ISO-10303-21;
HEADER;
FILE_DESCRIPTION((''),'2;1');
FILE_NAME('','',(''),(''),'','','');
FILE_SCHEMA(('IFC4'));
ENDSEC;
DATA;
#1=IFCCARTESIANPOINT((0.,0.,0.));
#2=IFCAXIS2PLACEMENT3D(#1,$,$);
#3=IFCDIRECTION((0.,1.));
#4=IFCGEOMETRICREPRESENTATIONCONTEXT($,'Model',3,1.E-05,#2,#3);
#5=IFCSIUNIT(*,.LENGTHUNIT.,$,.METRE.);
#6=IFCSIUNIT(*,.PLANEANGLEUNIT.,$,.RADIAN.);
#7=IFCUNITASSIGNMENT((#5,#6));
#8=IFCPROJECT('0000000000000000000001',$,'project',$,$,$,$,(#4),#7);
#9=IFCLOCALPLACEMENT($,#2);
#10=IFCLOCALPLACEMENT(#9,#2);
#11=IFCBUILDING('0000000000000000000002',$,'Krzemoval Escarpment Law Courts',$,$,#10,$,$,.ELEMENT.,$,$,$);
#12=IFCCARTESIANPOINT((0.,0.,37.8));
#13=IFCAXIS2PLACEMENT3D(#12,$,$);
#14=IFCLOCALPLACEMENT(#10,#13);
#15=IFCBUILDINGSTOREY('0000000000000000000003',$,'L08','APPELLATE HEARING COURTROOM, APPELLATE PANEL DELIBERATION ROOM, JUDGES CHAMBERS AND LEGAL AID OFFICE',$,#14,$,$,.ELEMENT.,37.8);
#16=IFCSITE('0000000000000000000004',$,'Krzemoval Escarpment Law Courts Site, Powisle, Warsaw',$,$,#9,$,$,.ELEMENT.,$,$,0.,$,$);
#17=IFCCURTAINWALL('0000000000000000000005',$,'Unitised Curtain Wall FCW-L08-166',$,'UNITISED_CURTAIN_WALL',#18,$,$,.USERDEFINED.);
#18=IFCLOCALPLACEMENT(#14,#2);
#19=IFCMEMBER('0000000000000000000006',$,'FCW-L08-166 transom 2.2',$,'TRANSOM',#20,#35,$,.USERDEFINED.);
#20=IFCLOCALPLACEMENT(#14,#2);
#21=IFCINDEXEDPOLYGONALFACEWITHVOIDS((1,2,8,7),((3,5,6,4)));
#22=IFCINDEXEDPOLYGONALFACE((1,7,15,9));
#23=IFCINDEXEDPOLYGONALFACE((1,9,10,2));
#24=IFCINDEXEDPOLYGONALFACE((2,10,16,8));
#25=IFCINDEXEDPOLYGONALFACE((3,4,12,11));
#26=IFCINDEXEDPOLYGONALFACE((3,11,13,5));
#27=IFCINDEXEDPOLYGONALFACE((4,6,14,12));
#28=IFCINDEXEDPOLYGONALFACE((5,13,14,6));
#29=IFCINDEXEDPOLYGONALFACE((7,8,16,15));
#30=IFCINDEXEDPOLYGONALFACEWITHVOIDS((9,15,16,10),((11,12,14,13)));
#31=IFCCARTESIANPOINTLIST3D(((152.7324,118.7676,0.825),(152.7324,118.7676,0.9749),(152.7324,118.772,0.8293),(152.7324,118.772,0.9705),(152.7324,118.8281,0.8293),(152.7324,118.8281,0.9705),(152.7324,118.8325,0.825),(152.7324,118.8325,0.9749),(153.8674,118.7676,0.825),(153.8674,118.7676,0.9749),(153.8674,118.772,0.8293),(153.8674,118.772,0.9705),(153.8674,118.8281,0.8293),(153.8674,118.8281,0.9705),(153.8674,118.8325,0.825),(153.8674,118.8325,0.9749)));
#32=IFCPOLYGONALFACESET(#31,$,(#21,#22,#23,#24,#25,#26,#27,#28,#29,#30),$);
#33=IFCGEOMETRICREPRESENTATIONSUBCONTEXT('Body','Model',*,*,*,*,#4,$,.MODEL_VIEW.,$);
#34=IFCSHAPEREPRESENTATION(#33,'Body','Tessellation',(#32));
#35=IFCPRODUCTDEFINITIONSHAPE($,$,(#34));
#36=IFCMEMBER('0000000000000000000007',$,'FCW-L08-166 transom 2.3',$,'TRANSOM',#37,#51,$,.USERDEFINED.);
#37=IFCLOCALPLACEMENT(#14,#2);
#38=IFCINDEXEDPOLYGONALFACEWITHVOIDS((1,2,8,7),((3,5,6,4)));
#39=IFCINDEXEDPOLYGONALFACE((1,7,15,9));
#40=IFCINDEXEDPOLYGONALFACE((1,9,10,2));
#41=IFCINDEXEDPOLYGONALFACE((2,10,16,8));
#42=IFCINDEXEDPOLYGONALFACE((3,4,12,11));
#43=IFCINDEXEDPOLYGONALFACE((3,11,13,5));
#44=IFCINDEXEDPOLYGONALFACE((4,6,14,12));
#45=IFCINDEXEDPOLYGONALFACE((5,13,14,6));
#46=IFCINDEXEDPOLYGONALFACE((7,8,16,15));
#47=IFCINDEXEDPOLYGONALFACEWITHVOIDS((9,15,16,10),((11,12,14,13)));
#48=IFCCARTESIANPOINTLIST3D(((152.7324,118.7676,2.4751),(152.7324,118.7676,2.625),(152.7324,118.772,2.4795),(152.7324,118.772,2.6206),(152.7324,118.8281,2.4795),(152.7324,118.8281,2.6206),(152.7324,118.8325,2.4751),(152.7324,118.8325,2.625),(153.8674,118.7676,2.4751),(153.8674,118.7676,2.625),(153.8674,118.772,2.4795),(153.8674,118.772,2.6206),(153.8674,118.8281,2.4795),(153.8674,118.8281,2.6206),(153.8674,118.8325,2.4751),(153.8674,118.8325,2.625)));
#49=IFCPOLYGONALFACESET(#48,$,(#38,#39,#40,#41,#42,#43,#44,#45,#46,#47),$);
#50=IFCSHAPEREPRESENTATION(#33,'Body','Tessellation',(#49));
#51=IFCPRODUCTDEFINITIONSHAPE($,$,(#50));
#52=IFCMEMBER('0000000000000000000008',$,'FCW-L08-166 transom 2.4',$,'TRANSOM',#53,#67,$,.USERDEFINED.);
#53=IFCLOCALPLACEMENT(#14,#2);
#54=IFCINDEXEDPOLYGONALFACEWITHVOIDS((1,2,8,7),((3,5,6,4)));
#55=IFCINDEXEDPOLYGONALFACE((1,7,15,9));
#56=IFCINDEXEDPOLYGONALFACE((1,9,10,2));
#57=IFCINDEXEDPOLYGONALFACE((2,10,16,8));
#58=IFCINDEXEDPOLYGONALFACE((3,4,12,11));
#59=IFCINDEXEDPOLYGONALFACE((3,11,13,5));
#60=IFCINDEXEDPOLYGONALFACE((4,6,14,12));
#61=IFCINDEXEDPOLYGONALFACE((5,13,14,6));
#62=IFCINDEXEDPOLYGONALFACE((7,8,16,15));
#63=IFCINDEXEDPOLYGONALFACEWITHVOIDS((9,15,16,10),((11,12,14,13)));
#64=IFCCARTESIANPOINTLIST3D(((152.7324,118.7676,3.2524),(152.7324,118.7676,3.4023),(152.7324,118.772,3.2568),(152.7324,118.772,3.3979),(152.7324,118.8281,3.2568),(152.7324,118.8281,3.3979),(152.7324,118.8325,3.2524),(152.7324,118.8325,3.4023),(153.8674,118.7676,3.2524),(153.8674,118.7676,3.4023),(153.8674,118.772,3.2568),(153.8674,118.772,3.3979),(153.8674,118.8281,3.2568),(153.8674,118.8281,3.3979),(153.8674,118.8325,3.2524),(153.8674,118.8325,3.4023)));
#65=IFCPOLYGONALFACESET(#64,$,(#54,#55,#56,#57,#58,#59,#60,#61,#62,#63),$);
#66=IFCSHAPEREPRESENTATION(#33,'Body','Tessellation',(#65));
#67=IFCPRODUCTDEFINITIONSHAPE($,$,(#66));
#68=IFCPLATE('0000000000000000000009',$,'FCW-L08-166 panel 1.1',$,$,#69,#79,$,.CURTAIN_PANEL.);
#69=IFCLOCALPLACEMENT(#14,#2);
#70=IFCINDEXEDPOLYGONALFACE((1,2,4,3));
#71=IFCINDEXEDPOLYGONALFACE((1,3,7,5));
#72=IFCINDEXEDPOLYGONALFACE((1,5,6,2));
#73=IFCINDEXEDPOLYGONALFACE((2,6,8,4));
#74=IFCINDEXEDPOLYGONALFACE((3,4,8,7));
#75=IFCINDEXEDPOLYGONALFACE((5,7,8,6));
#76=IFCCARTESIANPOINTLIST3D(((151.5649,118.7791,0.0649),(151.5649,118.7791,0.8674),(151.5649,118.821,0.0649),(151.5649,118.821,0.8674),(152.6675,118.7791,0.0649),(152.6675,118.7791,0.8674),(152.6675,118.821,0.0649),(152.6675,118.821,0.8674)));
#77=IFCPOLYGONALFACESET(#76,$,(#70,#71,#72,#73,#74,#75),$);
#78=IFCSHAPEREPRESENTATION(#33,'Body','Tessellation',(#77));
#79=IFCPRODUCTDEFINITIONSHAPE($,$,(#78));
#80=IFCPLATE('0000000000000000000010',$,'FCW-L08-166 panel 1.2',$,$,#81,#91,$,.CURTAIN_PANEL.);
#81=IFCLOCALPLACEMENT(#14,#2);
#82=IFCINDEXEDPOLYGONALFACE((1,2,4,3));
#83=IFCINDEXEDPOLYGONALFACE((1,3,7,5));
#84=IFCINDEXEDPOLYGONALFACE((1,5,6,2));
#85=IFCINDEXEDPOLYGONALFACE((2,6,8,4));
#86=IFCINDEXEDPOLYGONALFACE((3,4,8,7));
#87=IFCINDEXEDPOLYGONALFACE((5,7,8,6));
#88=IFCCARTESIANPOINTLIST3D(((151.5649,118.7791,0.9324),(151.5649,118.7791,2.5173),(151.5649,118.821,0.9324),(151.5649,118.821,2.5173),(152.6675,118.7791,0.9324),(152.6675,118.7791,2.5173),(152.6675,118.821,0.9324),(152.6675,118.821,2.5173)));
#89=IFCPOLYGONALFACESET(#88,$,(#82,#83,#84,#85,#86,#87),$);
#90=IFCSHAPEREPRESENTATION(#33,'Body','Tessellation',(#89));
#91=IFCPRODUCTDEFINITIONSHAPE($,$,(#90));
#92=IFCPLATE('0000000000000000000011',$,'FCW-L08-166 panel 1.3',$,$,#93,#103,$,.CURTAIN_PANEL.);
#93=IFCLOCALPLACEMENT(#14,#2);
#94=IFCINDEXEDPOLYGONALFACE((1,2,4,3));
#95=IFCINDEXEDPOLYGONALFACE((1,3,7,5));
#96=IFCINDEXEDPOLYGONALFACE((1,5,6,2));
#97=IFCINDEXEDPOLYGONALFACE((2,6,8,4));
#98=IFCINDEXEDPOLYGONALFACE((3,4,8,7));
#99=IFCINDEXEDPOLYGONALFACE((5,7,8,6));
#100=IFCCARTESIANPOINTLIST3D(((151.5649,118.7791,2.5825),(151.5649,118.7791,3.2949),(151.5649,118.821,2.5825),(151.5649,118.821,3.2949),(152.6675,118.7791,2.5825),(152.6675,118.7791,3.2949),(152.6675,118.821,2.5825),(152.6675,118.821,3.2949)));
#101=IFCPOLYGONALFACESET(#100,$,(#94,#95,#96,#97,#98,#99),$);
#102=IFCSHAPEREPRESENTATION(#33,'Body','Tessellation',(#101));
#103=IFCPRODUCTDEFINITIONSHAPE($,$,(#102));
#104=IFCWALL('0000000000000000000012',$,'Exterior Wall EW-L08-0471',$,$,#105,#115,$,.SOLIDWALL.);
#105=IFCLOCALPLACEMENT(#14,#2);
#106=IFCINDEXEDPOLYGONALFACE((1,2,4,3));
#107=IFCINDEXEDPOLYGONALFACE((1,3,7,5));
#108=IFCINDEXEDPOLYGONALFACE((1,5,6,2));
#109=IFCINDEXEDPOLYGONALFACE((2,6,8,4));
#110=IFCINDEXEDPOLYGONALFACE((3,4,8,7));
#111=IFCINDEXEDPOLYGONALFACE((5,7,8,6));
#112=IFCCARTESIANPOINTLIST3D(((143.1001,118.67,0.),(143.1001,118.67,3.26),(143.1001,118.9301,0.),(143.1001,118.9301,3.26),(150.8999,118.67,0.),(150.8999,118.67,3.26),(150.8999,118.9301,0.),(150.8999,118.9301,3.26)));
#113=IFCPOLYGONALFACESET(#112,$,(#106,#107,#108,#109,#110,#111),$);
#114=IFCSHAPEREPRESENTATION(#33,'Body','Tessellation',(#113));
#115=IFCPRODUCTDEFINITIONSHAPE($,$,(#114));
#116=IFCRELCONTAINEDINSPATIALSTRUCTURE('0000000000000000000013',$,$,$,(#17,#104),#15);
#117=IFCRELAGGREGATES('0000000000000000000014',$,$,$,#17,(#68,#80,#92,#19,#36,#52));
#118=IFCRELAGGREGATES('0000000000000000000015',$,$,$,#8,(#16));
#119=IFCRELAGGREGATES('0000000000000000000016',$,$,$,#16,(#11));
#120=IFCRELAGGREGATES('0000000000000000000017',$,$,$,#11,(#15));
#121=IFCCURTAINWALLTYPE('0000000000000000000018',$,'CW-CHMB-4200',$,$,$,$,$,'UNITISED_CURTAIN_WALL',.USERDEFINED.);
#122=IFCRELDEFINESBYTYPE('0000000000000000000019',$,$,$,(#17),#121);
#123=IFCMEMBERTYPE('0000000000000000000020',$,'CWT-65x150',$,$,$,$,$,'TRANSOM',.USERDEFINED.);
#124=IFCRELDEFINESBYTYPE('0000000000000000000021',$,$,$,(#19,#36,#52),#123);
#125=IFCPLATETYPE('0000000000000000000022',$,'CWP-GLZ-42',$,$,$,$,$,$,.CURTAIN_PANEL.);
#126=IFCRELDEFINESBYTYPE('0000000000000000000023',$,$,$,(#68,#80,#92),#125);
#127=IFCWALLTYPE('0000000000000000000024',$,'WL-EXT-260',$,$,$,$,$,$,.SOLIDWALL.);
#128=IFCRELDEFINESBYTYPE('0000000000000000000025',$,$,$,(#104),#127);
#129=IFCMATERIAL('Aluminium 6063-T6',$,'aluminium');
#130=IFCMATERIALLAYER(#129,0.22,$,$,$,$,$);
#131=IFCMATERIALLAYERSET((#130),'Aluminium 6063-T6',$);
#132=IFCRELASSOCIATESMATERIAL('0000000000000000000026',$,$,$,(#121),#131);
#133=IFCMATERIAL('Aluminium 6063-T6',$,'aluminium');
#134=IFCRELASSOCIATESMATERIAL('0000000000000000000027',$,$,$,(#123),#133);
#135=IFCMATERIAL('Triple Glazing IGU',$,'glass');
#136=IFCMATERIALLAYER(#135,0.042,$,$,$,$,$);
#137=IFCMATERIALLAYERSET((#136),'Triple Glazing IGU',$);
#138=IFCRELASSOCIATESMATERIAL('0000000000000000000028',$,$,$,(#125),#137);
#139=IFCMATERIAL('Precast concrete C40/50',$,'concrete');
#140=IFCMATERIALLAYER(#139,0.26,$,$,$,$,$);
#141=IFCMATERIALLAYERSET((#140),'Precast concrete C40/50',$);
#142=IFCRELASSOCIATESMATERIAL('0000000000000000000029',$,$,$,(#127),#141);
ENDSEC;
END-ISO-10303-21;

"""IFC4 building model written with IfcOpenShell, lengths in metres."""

from ifc_helpers import new_model, si_unit, direction, frame, frame_2d, origin, origin_2d, place, context, subcontext, project, spatial, rectangle, hollow_rectangle, extrude, material, layer, layer_set, material_profile, profile_set, type_object, element, aggregate, save


model = new_model("IFC4")

# Units and contexts
model_context = context("Model", 3, precision=1e-05, world=origin(), true_north=direction((0.0, 1.0)))
body_context = subcontext(model_context, "Body", "Model", "MODEL_VIEW")
ifc_project = project(units=[si_unit("LENGTHUNIT", "METRE"), si_unit("PLANEANGLEUNIT", "RADIAN")], contexts=[model_context])

# Site, building, storey
site_placement = place(None, origin())
site = spatial("IfcSite", under=ifc_project, at=site_placement, Name="Krzemoval Escarpment Law Courts Site, Powisle, Warsaw", CompositionType="ELEMENT", RefElevation=0.0)
building_placement = place(site_placement, origin())
building = spatial("IfcBuilding", under=site, at=building_placement, Name="Krzemoval Escarpment Law Courts", CompositionType="ELEMENT")
storey_placement = place(building_placement, frame((0.0, 0.0, 37.8)))
storey = spatial("IfcBuildingStorey", under=building, at=storey_placement, Name="L08", Description="APPELLATE HEARING COURTROOM, APPELLATE PANEL DELIBERATION ROOM, JUDGES CHAMBERS AND LEGAL AID OFFICE", CompositionType="ELEMENT", Elevation=37.8)

# Curtain wall, members, plates
ifc_material_1 = material(Name="Aluminium 6063-T6", Category="aluminium")
ifc_layer_1 = layer(ifc_material_1, 0.22)
ifc_layer_set_1 = layer_set([ifc_layer_1], Name="Aluminium 6063-T6")
curtain_wall_type = type_object("IfcCurtainWallType", Name="CW-CHMB-4200", ElementType="UNITISED_CURTAIN_WALL", PredefinedType="USERDEFINED", material=ifc_layer_set_1)
curtain_wall_placement = place(storey_placement, origin())
curtain_wall = element("IfcCurtainWall", 1, at=curtain_wall_placement, inside=storey, type_object=curtain_wall_type, Name="Unitised Curtain Wall FCW-L08-166", ObjectType="UNITISED_CURTAIN_WALL", PredefinedType="USERDEFINED")
ifc_material_2 = material(Name="Aluminium 6063-T6", Category="aluminium")
ifc_material_profile_1 = material_profile(ifc_material_2, hollow_rectangle(XDim=0.0649, YDim=0.1499, WallThickness=0.0044, at=origin_2d()), Name="ALU T65x150")
ifc_profile_set_1 = profile_set([ifc_material_profile_1], Name="Aluminium 6063-T6")
member_type_1 = type_object("IfcMemberType", Name="CWT-65x150", ElementType="TRANSOM", PredefinedType="USERDEFINED", material=ifc_profile_set_1)
member_1_placement = place(storey_placement, frame((152.7324, 118.8, 0.8999), z_axis=(1.0, 0.0, 0.0), x_axis=(0.0, 1.0, 0.0)))
member_1 = element("IfcMember", 2, at=member_1_placement, type_object=member_type_1, Name="FCW-L08-166 transom 2.2", ObjectType="TRANSOM", PredefinedType="USERDEFINED", context=body_context, shape_type="SweptSolid", body=[
    extrude(hollow_rectangle(XDim=0.0649, YDim=0.1499, WallThickness=0.0044, at=origin_2d()), origin(), (0.0, 0.0, 1.0), 1.135),
])
member_2_placement = place(storey_placement, frame((152.7324, 118.8, 2.55), z_axis=(1.0, 0.0, 0.0), x_axis=(0.0, 1.0, 0.0)))
member_2 = element("IfcMember", 3, at=member_2_placement, type_object=member_type_1, Name="FCW-L08-166 transom 2.3", ObjectType="TRANSOM", PredefinedType="USERDEFINED", context=body_context, shape_type="SweptSolid", body=[
    extrude(hollow_rectangle(XDim=0.0649, YDim=0.1499, WallThickness=0.0044, at=origin_2d()), origin(), (0.0, 0.0, 1.0), 1.135),
])
member_3_placement = place(storey_placement, frame((152.7324, 118.8, 3.3274), z_axis=(1.0, 0.0, 0.0), x_axis=(0.0, 1.0, 0.0)))
member_3 = element("IfcMember", 4, at=member_3_placement, type_object=member_type_1, Name="FCW-L08-166 transom 2.4", ObjectType="TRANSOM", PredefinedType="USERDEFINED", context=body_context, shape_type="SweptSolid", body=[
    extrude(hollow_rectangle(XDim=0.0649, YDim=0.1499, WallThickness=0.0044, at=origin_2d()), origin(), (0.0, 0.0, 1.0), 1.135),
])
ifc_material_3 = material(Name="Triple Glazing IGU", Category="glass")
ifc_layer_2 = layer(ifc_material_3, 0.042)
ifc_layer_set_2 = layer_set([ifc_layer_2], Name="Triple Glazing IGU")
plate_type = type_object("IfcPlateType", Name="CWP-GLZ-42", PredefinedType="CURTAIN_PANEL", material=ifc_layer_set_2)
plate_1_placement = place(storey_placement, frame((152.1162, 118.8, 0.0649), z_axis=(0.0, 0.0, 1.0), x_axis=(1.0, 0.0, 0.0)))
plate_1 = element("IfcPlate", 5, at=plate_1_placement, type_object=plate_type, Name="FCW-L08-166 panel 1.1", PredefinedType="CURTAIN_PANEL", context=body_context, shape_type="SweptSolid", body=[
    extrude(rectangle(XDim=1.1025, YDim=0.042, at=origin_2d()), origin(), (0.0, 0.0, 1.0), 0.8025),
])
plate_2_placement = place(storey_placement, frame((152.1162, 118.8, 0.9324), z_axis=(0.0, 0.0, 1.0), x_axis=(1.0, 0.0, 0.0)))
plate_2 = element("IfcPlate", 6, at=plate_2_placement, type_object=plate_type, Name="FCW-L08-166 panel 1.2", PredefinedType="CURTAIN_PANEL", context=body_context, shape_type="SweptSolid", body=[
    extrude(rectangle(XDim=1.1025, YDim=0.042, at=origin_2d()), origin(), (0.0, 0.0, 1.0), 1.585),
])
plate_3_placement = place(storey_placement, frame((152.1162, 118.8, 2.5825), z_axis=(0.0, 0.0, 1.0), x_axis=(1.0, 0.0, 0.0)))
plate_3 = element("IfcPlate", 7, at=plate_3_placement, type_object=plate_type, Name="FCW-L08-166 panel 1.3", PredefinedType="CURTAIN_PANEL", context=body_context, shape_type="SweptSolid", body=[
    extrude(rectangle(XDim=1.1025, YDim=0.042, at=origin_2d()), origin(), (0.0, 0.0, 1.0), 0.7124),
])
aggregate(curtain_wall, [plate_1, plate_2, plate_3, member_1, member_2, member_3])

# Wall
ifc_material_4 = material(Name="Precast concrete C40/50", Category="concrete")
ifc_layer_3 = layer(ifc_material_4, 0.26)
ifc_layer_set_3 = layer_set([ifc_layer_3], Name="Precast concrete C40/50")
wall_type = type_object("IfcWallType", Name="WL-EXT-260", PredefinedType="SOLIDWALL", material=ifc_layer_set_3)
wall_placement = place(storey_placement, frame((143.1001, 118.8, 0.0), z_axis=(0.0, 0.0, 1.0), x_axis=(1.0, 0.0, 0.0)))
element("IfcWall", 8, at=wall_placement, inside=storey, type_object=wall_type, Name="Exterior Wall EW-L08-0471", PredefinedType="SOLIDWALL", context=body_context, shape_type="SweptSolid", body=[
    extrude(rectangle(XDim=7.7998, YDim=0.26, at=frame_2d((3.8999, 0.0))), origin(), (0.0, 0.0, 1.0), 3.26),
])

save(model, "model.ifc")
